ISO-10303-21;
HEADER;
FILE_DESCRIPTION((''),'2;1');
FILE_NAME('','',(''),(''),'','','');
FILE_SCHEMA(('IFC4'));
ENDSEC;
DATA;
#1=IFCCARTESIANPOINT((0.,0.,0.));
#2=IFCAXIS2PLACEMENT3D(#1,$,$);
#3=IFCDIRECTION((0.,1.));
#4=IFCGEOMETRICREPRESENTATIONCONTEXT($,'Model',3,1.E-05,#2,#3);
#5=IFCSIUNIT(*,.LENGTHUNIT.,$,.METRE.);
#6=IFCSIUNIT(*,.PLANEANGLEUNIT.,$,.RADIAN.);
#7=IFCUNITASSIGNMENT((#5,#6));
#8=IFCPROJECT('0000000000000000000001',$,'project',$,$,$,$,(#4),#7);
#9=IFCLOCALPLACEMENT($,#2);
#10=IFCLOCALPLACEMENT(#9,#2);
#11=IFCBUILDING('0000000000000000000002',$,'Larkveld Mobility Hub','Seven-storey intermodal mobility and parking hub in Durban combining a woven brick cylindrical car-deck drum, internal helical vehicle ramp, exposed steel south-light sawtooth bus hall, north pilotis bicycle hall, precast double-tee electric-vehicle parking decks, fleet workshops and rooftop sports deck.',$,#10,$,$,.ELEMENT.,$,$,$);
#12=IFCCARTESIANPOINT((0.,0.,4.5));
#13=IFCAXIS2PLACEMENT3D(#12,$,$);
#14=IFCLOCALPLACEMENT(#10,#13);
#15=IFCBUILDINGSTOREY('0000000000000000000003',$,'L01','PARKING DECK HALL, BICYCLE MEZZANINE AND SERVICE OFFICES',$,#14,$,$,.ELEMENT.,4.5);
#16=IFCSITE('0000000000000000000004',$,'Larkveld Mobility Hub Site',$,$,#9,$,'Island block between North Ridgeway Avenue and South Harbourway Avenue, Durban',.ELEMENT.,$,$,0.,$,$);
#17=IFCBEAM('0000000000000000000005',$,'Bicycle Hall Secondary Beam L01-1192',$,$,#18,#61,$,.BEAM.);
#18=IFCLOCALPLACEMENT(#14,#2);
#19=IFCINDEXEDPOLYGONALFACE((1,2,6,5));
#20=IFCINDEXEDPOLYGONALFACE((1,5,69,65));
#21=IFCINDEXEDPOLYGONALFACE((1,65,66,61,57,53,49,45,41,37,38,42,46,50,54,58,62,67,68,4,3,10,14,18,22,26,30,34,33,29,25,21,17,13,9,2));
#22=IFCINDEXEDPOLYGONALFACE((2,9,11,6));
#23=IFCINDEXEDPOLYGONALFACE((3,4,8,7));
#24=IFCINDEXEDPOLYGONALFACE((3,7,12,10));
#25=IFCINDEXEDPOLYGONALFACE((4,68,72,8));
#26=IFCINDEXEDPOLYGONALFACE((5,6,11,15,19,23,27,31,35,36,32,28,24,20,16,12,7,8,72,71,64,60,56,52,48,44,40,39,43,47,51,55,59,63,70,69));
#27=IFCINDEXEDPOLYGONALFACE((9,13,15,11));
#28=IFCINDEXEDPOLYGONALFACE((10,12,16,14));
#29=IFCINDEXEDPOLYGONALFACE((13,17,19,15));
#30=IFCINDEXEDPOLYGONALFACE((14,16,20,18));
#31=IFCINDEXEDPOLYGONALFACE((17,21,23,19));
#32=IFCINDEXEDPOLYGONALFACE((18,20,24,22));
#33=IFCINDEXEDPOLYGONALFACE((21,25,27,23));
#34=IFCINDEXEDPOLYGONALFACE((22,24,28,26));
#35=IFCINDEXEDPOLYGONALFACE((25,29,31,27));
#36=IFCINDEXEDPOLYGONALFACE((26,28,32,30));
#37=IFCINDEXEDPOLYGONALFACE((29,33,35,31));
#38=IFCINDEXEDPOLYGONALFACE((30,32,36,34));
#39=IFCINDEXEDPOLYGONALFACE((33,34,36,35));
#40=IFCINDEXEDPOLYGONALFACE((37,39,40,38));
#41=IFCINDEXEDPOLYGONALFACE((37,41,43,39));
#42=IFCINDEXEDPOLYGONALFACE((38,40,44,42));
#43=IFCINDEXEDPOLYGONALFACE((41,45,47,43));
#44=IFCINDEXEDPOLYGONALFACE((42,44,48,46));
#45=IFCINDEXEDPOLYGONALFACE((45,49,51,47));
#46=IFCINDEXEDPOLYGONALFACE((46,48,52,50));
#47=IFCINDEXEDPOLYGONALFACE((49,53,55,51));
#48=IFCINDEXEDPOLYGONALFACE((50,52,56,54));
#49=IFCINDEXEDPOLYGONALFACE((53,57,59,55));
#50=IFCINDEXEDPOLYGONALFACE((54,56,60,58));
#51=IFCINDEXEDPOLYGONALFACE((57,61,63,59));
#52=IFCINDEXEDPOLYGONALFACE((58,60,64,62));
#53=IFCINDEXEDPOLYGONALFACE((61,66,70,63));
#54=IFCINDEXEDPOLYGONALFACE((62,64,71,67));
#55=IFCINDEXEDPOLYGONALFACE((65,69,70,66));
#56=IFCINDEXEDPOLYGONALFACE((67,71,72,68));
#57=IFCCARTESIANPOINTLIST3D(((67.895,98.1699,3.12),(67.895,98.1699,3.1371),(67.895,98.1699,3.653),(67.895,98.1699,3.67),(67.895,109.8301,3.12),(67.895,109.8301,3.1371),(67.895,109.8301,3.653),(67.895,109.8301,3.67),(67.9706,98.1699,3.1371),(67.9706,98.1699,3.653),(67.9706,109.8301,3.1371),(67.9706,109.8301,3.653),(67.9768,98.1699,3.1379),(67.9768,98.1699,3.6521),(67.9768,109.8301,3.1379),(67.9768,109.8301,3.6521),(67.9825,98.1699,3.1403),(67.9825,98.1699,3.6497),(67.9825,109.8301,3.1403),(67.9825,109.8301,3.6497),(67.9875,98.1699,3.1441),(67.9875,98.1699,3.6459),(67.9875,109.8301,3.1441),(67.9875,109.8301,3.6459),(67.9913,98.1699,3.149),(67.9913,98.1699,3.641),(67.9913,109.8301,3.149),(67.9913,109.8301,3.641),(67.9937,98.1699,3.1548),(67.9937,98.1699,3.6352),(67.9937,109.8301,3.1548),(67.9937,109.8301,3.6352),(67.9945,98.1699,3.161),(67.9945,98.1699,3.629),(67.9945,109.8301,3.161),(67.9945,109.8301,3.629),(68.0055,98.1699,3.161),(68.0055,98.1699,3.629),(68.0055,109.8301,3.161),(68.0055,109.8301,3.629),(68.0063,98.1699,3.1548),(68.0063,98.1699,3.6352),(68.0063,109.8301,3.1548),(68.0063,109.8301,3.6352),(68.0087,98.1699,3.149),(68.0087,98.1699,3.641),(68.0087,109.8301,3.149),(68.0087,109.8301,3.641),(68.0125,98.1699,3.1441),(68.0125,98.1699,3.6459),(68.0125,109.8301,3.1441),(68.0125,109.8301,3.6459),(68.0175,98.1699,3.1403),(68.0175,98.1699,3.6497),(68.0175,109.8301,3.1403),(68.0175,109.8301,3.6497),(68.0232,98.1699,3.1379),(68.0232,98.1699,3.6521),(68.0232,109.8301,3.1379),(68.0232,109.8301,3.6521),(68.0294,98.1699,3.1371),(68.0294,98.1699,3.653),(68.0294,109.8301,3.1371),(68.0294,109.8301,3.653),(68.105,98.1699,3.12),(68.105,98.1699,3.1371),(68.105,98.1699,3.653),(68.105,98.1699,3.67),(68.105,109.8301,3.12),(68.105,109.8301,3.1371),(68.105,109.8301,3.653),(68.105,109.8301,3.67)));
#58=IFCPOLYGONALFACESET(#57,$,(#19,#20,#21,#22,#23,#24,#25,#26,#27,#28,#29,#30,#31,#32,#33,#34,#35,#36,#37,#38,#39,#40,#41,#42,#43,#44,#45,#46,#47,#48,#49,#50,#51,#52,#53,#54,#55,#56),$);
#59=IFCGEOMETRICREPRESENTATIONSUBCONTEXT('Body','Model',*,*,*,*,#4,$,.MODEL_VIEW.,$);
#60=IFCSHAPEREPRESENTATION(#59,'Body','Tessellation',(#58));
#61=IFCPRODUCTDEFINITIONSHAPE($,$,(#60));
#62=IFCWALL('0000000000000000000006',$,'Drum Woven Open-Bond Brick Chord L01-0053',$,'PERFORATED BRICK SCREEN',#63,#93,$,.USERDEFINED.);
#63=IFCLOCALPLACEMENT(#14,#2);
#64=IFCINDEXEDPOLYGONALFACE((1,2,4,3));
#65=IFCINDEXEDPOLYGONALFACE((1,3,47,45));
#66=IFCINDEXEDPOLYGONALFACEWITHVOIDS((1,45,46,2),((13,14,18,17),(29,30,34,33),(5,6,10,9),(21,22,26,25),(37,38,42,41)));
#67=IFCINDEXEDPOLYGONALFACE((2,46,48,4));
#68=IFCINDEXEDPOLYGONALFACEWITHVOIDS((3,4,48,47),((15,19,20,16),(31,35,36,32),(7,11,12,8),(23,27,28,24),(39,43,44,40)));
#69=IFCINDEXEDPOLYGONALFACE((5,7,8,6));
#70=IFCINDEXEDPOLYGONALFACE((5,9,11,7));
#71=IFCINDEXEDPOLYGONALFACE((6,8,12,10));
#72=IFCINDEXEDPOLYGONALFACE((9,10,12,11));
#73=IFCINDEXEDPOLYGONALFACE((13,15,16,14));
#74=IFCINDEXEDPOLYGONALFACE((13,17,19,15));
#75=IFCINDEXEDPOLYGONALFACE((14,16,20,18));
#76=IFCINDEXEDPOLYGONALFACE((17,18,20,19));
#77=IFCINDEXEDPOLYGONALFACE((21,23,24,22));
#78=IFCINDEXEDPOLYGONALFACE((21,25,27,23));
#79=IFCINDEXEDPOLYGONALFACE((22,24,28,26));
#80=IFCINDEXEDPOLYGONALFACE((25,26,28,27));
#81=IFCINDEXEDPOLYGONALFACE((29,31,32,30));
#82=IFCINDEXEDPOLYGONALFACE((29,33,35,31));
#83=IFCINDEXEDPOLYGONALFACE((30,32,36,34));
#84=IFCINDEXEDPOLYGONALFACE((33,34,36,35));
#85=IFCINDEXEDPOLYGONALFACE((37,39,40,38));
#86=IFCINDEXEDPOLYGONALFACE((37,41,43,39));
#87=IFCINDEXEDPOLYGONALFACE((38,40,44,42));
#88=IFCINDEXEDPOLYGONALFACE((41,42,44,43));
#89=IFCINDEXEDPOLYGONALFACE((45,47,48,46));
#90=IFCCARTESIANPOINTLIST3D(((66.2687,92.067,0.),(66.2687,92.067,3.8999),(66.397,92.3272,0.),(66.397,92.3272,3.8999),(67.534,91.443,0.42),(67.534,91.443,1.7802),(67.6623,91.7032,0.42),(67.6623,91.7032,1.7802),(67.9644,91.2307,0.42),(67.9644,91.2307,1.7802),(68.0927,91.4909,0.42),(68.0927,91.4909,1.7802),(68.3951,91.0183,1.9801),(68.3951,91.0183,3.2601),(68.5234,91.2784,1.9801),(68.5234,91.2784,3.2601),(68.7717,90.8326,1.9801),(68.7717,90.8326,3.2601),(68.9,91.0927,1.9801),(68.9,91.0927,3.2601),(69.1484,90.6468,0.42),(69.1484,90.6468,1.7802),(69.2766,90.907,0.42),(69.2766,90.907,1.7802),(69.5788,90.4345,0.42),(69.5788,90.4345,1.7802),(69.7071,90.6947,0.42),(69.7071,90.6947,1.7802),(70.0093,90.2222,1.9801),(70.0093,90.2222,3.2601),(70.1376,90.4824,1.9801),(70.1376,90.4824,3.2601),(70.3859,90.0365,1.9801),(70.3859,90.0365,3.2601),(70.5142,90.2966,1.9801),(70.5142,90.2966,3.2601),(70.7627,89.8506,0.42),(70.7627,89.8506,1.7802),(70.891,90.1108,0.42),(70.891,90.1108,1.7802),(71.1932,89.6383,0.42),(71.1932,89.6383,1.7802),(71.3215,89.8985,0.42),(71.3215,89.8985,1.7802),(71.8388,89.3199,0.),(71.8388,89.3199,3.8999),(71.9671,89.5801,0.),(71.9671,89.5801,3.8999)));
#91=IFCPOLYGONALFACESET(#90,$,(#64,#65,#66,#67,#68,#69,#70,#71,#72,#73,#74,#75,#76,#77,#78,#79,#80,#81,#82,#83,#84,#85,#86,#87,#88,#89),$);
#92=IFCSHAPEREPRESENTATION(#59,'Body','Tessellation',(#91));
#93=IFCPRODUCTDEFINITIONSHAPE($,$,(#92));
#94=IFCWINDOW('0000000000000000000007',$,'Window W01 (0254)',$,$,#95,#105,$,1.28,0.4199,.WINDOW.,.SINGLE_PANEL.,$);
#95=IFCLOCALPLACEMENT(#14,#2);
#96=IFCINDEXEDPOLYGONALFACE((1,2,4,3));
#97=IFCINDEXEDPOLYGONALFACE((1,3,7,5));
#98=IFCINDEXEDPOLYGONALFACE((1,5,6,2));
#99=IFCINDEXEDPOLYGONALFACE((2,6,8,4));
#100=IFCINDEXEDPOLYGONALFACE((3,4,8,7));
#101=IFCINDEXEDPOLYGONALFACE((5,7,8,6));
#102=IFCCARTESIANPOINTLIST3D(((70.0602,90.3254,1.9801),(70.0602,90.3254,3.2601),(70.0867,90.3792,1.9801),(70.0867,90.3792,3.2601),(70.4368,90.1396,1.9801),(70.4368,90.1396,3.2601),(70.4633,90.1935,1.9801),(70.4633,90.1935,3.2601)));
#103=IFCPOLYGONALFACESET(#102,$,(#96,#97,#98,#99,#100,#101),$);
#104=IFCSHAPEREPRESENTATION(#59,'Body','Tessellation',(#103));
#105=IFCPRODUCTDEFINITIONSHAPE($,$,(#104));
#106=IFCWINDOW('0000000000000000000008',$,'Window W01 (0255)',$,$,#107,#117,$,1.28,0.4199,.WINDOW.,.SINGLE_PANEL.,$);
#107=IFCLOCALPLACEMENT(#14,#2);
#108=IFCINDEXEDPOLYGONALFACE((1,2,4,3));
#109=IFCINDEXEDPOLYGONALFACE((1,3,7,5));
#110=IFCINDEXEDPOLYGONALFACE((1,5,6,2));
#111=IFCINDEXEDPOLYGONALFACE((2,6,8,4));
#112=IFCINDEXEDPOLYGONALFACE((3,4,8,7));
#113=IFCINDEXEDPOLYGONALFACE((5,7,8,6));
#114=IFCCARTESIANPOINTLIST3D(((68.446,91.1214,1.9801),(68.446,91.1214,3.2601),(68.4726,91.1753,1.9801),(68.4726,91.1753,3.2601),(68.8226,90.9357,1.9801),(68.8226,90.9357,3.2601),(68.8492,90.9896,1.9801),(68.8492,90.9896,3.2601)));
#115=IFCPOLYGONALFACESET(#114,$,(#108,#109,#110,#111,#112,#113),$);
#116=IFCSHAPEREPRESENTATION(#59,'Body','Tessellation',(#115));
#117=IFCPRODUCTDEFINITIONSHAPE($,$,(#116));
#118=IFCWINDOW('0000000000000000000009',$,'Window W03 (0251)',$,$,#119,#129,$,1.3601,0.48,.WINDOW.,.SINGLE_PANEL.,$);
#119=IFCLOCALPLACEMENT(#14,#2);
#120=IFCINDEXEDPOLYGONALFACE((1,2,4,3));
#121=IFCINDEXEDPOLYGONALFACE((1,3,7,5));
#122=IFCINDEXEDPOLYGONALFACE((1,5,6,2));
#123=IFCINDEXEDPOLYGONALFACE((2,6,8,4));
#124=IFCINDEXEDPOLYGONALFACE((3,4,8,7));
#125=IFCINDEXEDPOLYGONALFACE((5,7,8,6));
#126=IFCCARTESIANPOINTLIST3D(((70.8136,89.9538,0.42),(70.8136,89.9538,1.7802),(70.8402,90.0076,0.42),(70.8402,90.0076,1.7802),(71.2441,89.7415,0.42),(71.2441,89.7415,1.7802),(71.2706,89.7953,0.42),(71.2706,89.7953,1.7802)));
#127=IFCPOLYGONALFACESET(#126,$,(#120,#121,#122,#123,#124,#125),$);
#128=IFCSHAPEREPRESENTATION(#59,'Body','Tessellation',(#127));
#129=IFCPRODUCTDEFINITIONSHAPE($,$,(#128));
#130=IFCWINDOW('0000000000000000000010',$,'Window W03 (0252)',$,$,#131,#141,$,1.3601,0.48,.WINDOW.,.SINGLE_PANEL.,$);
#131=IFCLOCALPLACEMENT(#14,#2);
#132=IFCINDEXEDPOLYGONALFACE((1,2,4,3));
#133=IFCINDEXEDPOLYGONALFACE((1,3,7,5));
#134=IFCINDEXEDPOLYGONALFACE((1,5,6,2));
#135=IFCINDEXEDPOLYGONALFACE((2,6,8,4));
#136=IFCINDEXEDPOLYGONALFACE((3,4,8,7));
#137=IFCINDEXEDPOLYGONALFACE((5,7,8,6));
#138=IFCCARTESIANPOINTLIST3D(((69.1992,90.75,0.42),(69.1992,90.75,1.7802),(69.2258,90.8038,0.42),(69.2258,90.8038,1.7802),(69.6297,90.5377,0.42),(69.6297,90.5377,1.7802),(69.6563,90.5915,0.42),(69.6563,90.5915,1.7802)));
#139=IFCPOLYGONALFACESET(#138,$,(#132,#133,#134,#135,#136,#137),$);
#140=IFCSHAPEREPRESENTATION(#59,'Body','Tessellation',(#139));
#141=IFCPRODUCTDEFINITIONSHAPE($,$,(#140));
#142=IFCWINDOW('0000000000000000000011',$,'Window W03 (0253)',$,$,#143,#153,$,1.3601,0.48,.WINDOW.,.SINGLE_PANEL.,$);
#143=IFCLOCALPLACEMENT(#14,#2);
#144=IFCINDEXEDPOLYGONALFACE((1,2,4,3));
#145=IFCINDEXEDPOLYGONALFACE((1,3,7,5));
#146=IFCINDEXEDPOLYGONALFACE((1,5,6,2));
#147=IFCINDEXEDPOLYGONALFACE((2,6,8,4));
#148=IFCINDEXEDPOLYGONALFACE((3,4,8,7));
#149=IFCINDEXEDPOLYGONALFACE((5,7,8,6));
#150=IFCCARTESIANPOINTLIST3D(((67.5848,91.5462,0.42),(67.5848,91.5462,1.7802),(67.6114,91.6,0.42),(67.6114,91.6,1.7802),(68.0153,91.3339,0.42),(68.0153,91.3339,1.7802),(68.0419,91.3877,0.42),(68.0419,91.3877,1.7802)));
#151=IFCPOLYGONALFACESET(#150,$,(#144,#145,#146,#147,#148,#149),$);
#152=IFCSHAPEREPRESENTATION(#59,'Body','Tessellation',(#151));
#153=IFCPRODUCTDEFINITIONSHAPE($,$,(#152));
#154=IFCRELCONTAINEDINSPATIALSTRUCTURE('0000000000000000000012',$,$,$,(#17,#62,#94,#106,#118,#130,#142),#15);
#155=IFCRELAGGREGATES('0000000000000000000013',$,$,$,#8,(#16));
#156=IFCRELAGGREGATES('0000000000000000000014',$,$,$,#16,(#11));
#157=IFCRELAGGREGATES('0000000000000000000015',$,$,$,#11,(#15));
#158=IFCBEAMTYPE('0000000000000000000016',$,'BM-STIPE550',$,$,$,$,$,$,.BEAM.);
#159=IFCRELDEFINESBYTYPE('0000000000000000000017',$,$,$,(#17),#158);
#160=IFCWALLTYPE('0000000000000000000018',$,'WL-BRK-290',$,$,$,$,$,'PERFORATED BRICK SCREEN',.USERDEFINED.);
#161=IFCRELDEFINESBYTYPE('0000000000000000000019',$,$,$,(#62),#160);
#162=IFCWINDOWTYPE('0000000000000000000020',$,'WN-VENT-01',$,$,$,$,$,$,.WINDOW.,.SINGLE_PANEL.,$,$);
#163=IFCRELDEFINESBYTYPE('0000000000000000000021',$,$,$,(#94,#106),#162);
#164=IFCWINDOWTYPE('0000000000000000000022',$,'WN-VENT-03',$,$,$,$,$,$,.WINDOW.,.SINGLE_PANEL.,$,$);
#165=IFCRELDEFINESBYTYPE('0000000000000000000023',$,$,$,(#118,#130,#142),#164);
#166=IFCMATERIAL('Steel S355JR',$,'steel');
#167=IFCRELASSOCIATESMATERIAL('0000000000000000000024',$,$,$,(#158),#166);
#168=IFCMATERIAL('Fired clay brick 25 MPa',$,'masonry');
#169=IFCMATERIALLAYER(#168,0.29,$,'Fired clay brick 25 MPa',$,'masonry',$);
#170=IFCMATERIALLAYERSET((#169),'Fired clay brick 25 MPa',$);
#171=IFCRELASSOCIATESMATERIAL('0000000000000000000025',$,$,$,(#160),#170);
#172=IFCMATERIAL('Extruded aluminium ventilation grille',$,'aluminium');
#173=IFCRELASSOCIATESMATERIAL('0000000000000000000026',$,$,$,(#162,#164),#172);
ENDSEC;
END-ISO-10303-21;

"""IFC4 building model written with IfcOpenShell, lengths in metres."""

from ifc_helpers import new_model, si_unit, direction, frame, frame_2d, origin, origin_2d, place, context, subcontext, project, spatial, rectangle, i_section, extrude, material, layer, layer_set, material_profile, profile_set, type_object, element, fill, save


model = new_model("IFC4")

# Units and contexts
model_context = context("Model", 3, precision=1e-05, world=origin(), true_north=direction((0.0, 1.0)))
body_context = subcontext(model_context, "Body", "Model", "MODEL_VIEW")
ifc_project = project(units=[si_unit("LENGTHUNIT", "METRE"), si_unit("PLANEANGLEUNIT", "RADIAN")], contexts=[model_context])

# Site, building, storey
site_placement = place(None, origin())
site = spatial("IfcSite", under=ifc_project, at=site_placement, Name="Larkveld Mobility Hub Site", LongName="Island block between North Ridgeway Avenue and South Harbourway Avenue, Durban", CompositionType="ELEMENT", RefElevation=0.0)
building_placement = place(site_placement, origin())
building = spatial("IfcBuilding", under=site, at=building_placement, Name="Larkveld Mobility Hub", Description="Seven-storey intermodal mobility and parking hub in Durban combining a woven brick cylindrical car-deck drum, internal helical vehicle ramp, exposed steel south-light sawtooth bus hall, north pilotis bicycle hall, precast double-tee electric-vehicle parking decks, fleet workshops and rooftop sports deck.", CompositionType="ELEMENT")
storey_placement = place(building_placement, frame((0.0, 0.0, 4.5)))
storey = spatial("IfcBuildingStorey", under=building, at=storey_placement, Name="L01", Description="PARKING DECK HALL, BICYCLE MEZZANINE AND SERVICE OFFICES", CompositionType="ELEMENT", Elevation=4.5)

# Beam
ifc_material_1 = material(Name="Steel S355JR", Category="steel")
ifc_material_profile_1 = material_profile(ifc_material_1, i_section(OverallWidth=0.21, OverallDepth=0.55, WebThickness=0.011, FlangeThickness=0.0171, FilletRadius=0.0239, at=origin_2d()), Name="IPE 550")
ifc_profile_set_1 = profile_set([ifc_material_profile_1], Name="Steel S355JR")
beam_type_1 = type_object("IfcBeamType", Name="BM-STIPE550", PredefinedType="BEAM", material=ifc_profile_set_1)
beam_1_placement = place(storey_placement, frame((68.0, 98.1699, 3.395), z_axis=(0.0, 1.0, 0.0), x_axis=(-1.0, 0.0, 0.0)))
element("IfcBeam", 1, at=beam_1_placement, inside=storey, type_object=beam_type_1, Name="Bicycle Hall Secondary Beam L01-1192", PredefinedType="BEAM", context=body_context, shape_type="SweptSolid", body=[
    extrude(i_section(OverallWidth=0.21, OverallDepth=0.55, WebThickness=0.011, FlangeThickness=0.0171, FilletRadius=0.0239, at=origin_2d()), origin(), (0.0, 0.0, 1.0), 11.6602),
])

# Wall, openings, windows
ifc_material_2 = material(Name="Fired clay brick 25 MPa", Category="masonry")
ifc_layer_1 = layer(ifc_material_2, 0.29, Name="Fired clay brick 25 MPa", Category="masonry")
ifc_layer_set_1 = layer_set([ifc_layer_1], Name="Fired clay brick 25 MPa")
wall_type_1 = type_object("IfcWallType", Name="WL-BRK-290", ElementType="PERFORATED BRICK SCREEN", PredefinedType="USERDEFINED", material=ifc_layer_set_1)
wall_1_placement = place(storey_placement, frame((71.9031, 89.45, 0.0), z_axis=(0.0, 0.0, 1.0), x_axis=(-0.896859, 0.442317, 0.0)))
wall_1 = element("IfcWall", 2, at=wall_1_placement, inside=storey, type_object=wall_type_1, Name="Drum Woven Open-Bond Brick Chord L01-0053", ObjectType="PERFORATED BRICK SCREEN", PredefinedType="USERDEFINED", context=body_context, shape_type="SweptSolid", body=[
    extrude(rectangle(XDim=6.2107, YDim=0.29, at=frame_2d((3.1055, 0.0))), origin(), (0.0, 0.0, 1.0), 3.8999),
])
opening_1_placement = place(wall_1_placement, frame((0.72, 0.0, 0.4199)))
opening_1 = element("IfcOpeningElement", 3, at=opening_1_placement, cuts=wall_1, PredefinedType="OPENING", context=body_context, shape_type="SweptSolid", body=[
    extrude(rectangle(XDim=0.48, YDim=1.3601, at=frame_2d((0.24, 0.6802))), frame((0.0, 0.155, 0.0), z_axis=(0.0, -1.0, 0.0), x_axis=(1.0, 0.0, 0.0)), (0.0, 0.0, 1.0), 0.3101),
])
opening_2_placement = place(wall_1_placement, frame((2.52, 0.0, 0.4199)))
opening_2 = element("IfcOpeningElement", 4, at=opening_2_placement, cuts=wall_1, PredefinedType="OPENING", context=body_context, shape_type="SweptSolid", body=[
    extrude(rectangle(XDim=0.48, YDim=1.3601, at=frame_2d((0.24, 0.6802))), frame((0.0, 0.155, 0.0), z_axis=(0.0, -1.0, 0.0), x_axis=(1.0, 0.0, 0.0)), (0.0, 0.0, 1.0), 0.3101),
])
opening_3_placement = place(wall_1_placement, frame((4.3201, 0.0, 0.4199)))
opening_3 = element("IfcOpeningElement", 5, at=opening_3_placement, cuts=wall_1, PredefinedType="OPENING", context=body_context, shape_type="SweptSolid", body=[
    extrude(rectangle(XDim=0.48, YDim=1.3601, at=frame_2d((0.24, 0.6802))), frame((0.0, 0.155, 0.0), z_axis=(0.0, -1.0, 0.0), x_axis=(1.0, 0.0, 0.0)), (0.0, 0.0, 1.0), 0.3101),
])
opening_4_placement = place(wall_1_placement, frame((1.6201, 0.0, 1.98)))
opening_4 = element("IfcOpeningElement", 6, at=opening_4_placement, cuts=wall_1, PredefinedType="OPENING", context=body_context, shape_type="SweptSolid", body=[
    extrude(rectangle(XDim=0.4199, YDim=1.28, at=frame_2d((0.21, 0.6401))), frame((0.0, 0.155, 0.0), z_axis=(0.0, -1.0, 0.0), x_axis=(1.0, 0.0, 0.0)), (0.0, 0.0, 1.0), 0.3101),
])
opening_5_placement = place(wall_1_placement, frame((3.4199, 0.0, 1.98)))
opening_5 = element("IfcOpeningElement", 7, at=opening_5_placement, cuts=wall_1, PredefinedType="OPENING", context=body_context, shape_type="SweptSolid", body=[
    extrude(rectangle(XDim=0.4199, YDim=1.28, at=frame_2d((0.21, 0.6401))), frame((0.0, 0.155, 0.0), z_axis=(0.0, -1.0, 0.0), x_axis=(1.0, 0.0, 0.0)), (0.0, 0.0, 1.0), 0.3101),
])
ifc_material_3 = material(Name="Extruded aluminium ventilation grille", Category="aluminium")
window_type_1 = type_object("IfcWindowType", Name="WN-VENT-01", PartitioningType="SINGLE_PANEL", PredefinedType="WINDOW", material=ifc_material_3)
window_1_placement = place(opening_4_placement, origin())
window_1 = element("IfcWindow", 8, at=window_1_placement, inside=storey, type_object=window_type_1, Name="Window W01 (0254)", OverallHeight=1.28, OverallWidth=0.4199, PartitioningType="SINGLE_PANEL", PredefinedType="WINDOW", context=body_context, shape_type="SweptSolid", body=[
    extrude(rectangle(XDim=0.4199, YDim=1.28, at=frame_2d((0.21, 0.6401))), frame((0.0, 0.03, 0.0), z_axis=(0.0, -1.0, 0.0), x_axis=(1.0, 0.0, 0.0)), (0.0, 0.0, 1.0), 0.0601),
])
fill(opening_4, window_1)
window_2_placement = place(opening_5_placement, origin())
window_2 = element("IfcWindow", 9, at=window_2_placement, inside=storey, type_object=window_type_1, Name="Window W01 (0255)", OverallHeight=1.28, OverallWidth=0.4199, PartitioningType="SINGLE_PANEL", PredefinedType="WINDOW", context=body_context, shape_type="SweptSolid", body=[
    extrude(rectangle(XDim=0.4199, YDim=1.28, at=frame_2d((0.21, 0.6401))), frame((0.0, 0.03, 0.0), z_axis=(0.0, -1.0, 0.0), x_axis=(1.0, 0.0, 0.0)), (0.0, 0.0, 1.0), 0.0601),
])
fill(opening_5, window_2)
window_type_2 = type_object("IfcWindowType", Name="WN-VENT-03", PartitioningType="SINGLE_PANEL", PredefinedType="WINDOW", material=ifc_material_3)
window_3_placement = place(opening_1_placement, origin())
window_3 = element("IfcWindow", 10, at=window_3_placement, inside=storey, type_object=window_type_2, Name="Window W03 (0251)", OverallHeight=1.3601, OverallWidth=0.48, PartitioningType="SINGLE_PANEL", PredefinedType="WINDOW", context=body_context, shape_type="SweptSolid", body=[
    extrude(rectangle(XDim=0.48, YDim=1.3601, at=frame_2d((0.24, 0.6802))), frame((0.0, 0.03, 0.0), z_axis=(0.0, -1.0, 0.0), x_axis=(1.0, 0.0, 0.0)), (0.0, 0.0, 1.0), 0.0601),
])
fill(opening_1, window_3)
window_4_placement = place(opening_2_placement, origin())
window_4 = element("IfcWindow", 11, at=window_4_placement, inside=storey, type_object=window_type_2, Name="Window W03 (0252)", OverallHeight=1.3601, OverallWidth=0.48, PartitioningType="SINGLE_PANEL", PredefinedType="WINDOW", context=body_context, shape_type="SweptSolid", body=[
    extrude(rectangle(XDim=0.48, YDim=1.3601, at=frame_2d((0.24, 0.6802))), frame((0.0, 0.03, 0.0), z_axis=(0.0, -1.0, 0.0), x_axis=(1.0, 0.0, 0.0)), (0.0, 0.0, 1.0), 0.0601),
])
fill(opening_2, window_4)
window_5_placement = place(opening_3_placement, origin())
window_5 = element("IfcWindow", 12, at=window_5_placement, inside=storey, type_object=window_type_2, Name="Window W03 (0253)", OverallHeight=1.3601, OverallWidth=0.48, PartitioningType="SINGLE_PANEL", PredefinedType="WINDOW", context=body_context, shape_type="SweptSolid", body=[
    extrude(rectangle(XDim=0.48, YDim=1.3601, at=frame_2d((0.24, 0.6802))), frame((0.0, 0.03, 0.0), z_axis=(0.0, -1.0, 0.0), x_axis=(1.0, 0.0, 0.0)), (0.0, 0.0, 1.0), 0.0601),
])
fill(opening_3, window_5)

save(model, "model.ifc")
